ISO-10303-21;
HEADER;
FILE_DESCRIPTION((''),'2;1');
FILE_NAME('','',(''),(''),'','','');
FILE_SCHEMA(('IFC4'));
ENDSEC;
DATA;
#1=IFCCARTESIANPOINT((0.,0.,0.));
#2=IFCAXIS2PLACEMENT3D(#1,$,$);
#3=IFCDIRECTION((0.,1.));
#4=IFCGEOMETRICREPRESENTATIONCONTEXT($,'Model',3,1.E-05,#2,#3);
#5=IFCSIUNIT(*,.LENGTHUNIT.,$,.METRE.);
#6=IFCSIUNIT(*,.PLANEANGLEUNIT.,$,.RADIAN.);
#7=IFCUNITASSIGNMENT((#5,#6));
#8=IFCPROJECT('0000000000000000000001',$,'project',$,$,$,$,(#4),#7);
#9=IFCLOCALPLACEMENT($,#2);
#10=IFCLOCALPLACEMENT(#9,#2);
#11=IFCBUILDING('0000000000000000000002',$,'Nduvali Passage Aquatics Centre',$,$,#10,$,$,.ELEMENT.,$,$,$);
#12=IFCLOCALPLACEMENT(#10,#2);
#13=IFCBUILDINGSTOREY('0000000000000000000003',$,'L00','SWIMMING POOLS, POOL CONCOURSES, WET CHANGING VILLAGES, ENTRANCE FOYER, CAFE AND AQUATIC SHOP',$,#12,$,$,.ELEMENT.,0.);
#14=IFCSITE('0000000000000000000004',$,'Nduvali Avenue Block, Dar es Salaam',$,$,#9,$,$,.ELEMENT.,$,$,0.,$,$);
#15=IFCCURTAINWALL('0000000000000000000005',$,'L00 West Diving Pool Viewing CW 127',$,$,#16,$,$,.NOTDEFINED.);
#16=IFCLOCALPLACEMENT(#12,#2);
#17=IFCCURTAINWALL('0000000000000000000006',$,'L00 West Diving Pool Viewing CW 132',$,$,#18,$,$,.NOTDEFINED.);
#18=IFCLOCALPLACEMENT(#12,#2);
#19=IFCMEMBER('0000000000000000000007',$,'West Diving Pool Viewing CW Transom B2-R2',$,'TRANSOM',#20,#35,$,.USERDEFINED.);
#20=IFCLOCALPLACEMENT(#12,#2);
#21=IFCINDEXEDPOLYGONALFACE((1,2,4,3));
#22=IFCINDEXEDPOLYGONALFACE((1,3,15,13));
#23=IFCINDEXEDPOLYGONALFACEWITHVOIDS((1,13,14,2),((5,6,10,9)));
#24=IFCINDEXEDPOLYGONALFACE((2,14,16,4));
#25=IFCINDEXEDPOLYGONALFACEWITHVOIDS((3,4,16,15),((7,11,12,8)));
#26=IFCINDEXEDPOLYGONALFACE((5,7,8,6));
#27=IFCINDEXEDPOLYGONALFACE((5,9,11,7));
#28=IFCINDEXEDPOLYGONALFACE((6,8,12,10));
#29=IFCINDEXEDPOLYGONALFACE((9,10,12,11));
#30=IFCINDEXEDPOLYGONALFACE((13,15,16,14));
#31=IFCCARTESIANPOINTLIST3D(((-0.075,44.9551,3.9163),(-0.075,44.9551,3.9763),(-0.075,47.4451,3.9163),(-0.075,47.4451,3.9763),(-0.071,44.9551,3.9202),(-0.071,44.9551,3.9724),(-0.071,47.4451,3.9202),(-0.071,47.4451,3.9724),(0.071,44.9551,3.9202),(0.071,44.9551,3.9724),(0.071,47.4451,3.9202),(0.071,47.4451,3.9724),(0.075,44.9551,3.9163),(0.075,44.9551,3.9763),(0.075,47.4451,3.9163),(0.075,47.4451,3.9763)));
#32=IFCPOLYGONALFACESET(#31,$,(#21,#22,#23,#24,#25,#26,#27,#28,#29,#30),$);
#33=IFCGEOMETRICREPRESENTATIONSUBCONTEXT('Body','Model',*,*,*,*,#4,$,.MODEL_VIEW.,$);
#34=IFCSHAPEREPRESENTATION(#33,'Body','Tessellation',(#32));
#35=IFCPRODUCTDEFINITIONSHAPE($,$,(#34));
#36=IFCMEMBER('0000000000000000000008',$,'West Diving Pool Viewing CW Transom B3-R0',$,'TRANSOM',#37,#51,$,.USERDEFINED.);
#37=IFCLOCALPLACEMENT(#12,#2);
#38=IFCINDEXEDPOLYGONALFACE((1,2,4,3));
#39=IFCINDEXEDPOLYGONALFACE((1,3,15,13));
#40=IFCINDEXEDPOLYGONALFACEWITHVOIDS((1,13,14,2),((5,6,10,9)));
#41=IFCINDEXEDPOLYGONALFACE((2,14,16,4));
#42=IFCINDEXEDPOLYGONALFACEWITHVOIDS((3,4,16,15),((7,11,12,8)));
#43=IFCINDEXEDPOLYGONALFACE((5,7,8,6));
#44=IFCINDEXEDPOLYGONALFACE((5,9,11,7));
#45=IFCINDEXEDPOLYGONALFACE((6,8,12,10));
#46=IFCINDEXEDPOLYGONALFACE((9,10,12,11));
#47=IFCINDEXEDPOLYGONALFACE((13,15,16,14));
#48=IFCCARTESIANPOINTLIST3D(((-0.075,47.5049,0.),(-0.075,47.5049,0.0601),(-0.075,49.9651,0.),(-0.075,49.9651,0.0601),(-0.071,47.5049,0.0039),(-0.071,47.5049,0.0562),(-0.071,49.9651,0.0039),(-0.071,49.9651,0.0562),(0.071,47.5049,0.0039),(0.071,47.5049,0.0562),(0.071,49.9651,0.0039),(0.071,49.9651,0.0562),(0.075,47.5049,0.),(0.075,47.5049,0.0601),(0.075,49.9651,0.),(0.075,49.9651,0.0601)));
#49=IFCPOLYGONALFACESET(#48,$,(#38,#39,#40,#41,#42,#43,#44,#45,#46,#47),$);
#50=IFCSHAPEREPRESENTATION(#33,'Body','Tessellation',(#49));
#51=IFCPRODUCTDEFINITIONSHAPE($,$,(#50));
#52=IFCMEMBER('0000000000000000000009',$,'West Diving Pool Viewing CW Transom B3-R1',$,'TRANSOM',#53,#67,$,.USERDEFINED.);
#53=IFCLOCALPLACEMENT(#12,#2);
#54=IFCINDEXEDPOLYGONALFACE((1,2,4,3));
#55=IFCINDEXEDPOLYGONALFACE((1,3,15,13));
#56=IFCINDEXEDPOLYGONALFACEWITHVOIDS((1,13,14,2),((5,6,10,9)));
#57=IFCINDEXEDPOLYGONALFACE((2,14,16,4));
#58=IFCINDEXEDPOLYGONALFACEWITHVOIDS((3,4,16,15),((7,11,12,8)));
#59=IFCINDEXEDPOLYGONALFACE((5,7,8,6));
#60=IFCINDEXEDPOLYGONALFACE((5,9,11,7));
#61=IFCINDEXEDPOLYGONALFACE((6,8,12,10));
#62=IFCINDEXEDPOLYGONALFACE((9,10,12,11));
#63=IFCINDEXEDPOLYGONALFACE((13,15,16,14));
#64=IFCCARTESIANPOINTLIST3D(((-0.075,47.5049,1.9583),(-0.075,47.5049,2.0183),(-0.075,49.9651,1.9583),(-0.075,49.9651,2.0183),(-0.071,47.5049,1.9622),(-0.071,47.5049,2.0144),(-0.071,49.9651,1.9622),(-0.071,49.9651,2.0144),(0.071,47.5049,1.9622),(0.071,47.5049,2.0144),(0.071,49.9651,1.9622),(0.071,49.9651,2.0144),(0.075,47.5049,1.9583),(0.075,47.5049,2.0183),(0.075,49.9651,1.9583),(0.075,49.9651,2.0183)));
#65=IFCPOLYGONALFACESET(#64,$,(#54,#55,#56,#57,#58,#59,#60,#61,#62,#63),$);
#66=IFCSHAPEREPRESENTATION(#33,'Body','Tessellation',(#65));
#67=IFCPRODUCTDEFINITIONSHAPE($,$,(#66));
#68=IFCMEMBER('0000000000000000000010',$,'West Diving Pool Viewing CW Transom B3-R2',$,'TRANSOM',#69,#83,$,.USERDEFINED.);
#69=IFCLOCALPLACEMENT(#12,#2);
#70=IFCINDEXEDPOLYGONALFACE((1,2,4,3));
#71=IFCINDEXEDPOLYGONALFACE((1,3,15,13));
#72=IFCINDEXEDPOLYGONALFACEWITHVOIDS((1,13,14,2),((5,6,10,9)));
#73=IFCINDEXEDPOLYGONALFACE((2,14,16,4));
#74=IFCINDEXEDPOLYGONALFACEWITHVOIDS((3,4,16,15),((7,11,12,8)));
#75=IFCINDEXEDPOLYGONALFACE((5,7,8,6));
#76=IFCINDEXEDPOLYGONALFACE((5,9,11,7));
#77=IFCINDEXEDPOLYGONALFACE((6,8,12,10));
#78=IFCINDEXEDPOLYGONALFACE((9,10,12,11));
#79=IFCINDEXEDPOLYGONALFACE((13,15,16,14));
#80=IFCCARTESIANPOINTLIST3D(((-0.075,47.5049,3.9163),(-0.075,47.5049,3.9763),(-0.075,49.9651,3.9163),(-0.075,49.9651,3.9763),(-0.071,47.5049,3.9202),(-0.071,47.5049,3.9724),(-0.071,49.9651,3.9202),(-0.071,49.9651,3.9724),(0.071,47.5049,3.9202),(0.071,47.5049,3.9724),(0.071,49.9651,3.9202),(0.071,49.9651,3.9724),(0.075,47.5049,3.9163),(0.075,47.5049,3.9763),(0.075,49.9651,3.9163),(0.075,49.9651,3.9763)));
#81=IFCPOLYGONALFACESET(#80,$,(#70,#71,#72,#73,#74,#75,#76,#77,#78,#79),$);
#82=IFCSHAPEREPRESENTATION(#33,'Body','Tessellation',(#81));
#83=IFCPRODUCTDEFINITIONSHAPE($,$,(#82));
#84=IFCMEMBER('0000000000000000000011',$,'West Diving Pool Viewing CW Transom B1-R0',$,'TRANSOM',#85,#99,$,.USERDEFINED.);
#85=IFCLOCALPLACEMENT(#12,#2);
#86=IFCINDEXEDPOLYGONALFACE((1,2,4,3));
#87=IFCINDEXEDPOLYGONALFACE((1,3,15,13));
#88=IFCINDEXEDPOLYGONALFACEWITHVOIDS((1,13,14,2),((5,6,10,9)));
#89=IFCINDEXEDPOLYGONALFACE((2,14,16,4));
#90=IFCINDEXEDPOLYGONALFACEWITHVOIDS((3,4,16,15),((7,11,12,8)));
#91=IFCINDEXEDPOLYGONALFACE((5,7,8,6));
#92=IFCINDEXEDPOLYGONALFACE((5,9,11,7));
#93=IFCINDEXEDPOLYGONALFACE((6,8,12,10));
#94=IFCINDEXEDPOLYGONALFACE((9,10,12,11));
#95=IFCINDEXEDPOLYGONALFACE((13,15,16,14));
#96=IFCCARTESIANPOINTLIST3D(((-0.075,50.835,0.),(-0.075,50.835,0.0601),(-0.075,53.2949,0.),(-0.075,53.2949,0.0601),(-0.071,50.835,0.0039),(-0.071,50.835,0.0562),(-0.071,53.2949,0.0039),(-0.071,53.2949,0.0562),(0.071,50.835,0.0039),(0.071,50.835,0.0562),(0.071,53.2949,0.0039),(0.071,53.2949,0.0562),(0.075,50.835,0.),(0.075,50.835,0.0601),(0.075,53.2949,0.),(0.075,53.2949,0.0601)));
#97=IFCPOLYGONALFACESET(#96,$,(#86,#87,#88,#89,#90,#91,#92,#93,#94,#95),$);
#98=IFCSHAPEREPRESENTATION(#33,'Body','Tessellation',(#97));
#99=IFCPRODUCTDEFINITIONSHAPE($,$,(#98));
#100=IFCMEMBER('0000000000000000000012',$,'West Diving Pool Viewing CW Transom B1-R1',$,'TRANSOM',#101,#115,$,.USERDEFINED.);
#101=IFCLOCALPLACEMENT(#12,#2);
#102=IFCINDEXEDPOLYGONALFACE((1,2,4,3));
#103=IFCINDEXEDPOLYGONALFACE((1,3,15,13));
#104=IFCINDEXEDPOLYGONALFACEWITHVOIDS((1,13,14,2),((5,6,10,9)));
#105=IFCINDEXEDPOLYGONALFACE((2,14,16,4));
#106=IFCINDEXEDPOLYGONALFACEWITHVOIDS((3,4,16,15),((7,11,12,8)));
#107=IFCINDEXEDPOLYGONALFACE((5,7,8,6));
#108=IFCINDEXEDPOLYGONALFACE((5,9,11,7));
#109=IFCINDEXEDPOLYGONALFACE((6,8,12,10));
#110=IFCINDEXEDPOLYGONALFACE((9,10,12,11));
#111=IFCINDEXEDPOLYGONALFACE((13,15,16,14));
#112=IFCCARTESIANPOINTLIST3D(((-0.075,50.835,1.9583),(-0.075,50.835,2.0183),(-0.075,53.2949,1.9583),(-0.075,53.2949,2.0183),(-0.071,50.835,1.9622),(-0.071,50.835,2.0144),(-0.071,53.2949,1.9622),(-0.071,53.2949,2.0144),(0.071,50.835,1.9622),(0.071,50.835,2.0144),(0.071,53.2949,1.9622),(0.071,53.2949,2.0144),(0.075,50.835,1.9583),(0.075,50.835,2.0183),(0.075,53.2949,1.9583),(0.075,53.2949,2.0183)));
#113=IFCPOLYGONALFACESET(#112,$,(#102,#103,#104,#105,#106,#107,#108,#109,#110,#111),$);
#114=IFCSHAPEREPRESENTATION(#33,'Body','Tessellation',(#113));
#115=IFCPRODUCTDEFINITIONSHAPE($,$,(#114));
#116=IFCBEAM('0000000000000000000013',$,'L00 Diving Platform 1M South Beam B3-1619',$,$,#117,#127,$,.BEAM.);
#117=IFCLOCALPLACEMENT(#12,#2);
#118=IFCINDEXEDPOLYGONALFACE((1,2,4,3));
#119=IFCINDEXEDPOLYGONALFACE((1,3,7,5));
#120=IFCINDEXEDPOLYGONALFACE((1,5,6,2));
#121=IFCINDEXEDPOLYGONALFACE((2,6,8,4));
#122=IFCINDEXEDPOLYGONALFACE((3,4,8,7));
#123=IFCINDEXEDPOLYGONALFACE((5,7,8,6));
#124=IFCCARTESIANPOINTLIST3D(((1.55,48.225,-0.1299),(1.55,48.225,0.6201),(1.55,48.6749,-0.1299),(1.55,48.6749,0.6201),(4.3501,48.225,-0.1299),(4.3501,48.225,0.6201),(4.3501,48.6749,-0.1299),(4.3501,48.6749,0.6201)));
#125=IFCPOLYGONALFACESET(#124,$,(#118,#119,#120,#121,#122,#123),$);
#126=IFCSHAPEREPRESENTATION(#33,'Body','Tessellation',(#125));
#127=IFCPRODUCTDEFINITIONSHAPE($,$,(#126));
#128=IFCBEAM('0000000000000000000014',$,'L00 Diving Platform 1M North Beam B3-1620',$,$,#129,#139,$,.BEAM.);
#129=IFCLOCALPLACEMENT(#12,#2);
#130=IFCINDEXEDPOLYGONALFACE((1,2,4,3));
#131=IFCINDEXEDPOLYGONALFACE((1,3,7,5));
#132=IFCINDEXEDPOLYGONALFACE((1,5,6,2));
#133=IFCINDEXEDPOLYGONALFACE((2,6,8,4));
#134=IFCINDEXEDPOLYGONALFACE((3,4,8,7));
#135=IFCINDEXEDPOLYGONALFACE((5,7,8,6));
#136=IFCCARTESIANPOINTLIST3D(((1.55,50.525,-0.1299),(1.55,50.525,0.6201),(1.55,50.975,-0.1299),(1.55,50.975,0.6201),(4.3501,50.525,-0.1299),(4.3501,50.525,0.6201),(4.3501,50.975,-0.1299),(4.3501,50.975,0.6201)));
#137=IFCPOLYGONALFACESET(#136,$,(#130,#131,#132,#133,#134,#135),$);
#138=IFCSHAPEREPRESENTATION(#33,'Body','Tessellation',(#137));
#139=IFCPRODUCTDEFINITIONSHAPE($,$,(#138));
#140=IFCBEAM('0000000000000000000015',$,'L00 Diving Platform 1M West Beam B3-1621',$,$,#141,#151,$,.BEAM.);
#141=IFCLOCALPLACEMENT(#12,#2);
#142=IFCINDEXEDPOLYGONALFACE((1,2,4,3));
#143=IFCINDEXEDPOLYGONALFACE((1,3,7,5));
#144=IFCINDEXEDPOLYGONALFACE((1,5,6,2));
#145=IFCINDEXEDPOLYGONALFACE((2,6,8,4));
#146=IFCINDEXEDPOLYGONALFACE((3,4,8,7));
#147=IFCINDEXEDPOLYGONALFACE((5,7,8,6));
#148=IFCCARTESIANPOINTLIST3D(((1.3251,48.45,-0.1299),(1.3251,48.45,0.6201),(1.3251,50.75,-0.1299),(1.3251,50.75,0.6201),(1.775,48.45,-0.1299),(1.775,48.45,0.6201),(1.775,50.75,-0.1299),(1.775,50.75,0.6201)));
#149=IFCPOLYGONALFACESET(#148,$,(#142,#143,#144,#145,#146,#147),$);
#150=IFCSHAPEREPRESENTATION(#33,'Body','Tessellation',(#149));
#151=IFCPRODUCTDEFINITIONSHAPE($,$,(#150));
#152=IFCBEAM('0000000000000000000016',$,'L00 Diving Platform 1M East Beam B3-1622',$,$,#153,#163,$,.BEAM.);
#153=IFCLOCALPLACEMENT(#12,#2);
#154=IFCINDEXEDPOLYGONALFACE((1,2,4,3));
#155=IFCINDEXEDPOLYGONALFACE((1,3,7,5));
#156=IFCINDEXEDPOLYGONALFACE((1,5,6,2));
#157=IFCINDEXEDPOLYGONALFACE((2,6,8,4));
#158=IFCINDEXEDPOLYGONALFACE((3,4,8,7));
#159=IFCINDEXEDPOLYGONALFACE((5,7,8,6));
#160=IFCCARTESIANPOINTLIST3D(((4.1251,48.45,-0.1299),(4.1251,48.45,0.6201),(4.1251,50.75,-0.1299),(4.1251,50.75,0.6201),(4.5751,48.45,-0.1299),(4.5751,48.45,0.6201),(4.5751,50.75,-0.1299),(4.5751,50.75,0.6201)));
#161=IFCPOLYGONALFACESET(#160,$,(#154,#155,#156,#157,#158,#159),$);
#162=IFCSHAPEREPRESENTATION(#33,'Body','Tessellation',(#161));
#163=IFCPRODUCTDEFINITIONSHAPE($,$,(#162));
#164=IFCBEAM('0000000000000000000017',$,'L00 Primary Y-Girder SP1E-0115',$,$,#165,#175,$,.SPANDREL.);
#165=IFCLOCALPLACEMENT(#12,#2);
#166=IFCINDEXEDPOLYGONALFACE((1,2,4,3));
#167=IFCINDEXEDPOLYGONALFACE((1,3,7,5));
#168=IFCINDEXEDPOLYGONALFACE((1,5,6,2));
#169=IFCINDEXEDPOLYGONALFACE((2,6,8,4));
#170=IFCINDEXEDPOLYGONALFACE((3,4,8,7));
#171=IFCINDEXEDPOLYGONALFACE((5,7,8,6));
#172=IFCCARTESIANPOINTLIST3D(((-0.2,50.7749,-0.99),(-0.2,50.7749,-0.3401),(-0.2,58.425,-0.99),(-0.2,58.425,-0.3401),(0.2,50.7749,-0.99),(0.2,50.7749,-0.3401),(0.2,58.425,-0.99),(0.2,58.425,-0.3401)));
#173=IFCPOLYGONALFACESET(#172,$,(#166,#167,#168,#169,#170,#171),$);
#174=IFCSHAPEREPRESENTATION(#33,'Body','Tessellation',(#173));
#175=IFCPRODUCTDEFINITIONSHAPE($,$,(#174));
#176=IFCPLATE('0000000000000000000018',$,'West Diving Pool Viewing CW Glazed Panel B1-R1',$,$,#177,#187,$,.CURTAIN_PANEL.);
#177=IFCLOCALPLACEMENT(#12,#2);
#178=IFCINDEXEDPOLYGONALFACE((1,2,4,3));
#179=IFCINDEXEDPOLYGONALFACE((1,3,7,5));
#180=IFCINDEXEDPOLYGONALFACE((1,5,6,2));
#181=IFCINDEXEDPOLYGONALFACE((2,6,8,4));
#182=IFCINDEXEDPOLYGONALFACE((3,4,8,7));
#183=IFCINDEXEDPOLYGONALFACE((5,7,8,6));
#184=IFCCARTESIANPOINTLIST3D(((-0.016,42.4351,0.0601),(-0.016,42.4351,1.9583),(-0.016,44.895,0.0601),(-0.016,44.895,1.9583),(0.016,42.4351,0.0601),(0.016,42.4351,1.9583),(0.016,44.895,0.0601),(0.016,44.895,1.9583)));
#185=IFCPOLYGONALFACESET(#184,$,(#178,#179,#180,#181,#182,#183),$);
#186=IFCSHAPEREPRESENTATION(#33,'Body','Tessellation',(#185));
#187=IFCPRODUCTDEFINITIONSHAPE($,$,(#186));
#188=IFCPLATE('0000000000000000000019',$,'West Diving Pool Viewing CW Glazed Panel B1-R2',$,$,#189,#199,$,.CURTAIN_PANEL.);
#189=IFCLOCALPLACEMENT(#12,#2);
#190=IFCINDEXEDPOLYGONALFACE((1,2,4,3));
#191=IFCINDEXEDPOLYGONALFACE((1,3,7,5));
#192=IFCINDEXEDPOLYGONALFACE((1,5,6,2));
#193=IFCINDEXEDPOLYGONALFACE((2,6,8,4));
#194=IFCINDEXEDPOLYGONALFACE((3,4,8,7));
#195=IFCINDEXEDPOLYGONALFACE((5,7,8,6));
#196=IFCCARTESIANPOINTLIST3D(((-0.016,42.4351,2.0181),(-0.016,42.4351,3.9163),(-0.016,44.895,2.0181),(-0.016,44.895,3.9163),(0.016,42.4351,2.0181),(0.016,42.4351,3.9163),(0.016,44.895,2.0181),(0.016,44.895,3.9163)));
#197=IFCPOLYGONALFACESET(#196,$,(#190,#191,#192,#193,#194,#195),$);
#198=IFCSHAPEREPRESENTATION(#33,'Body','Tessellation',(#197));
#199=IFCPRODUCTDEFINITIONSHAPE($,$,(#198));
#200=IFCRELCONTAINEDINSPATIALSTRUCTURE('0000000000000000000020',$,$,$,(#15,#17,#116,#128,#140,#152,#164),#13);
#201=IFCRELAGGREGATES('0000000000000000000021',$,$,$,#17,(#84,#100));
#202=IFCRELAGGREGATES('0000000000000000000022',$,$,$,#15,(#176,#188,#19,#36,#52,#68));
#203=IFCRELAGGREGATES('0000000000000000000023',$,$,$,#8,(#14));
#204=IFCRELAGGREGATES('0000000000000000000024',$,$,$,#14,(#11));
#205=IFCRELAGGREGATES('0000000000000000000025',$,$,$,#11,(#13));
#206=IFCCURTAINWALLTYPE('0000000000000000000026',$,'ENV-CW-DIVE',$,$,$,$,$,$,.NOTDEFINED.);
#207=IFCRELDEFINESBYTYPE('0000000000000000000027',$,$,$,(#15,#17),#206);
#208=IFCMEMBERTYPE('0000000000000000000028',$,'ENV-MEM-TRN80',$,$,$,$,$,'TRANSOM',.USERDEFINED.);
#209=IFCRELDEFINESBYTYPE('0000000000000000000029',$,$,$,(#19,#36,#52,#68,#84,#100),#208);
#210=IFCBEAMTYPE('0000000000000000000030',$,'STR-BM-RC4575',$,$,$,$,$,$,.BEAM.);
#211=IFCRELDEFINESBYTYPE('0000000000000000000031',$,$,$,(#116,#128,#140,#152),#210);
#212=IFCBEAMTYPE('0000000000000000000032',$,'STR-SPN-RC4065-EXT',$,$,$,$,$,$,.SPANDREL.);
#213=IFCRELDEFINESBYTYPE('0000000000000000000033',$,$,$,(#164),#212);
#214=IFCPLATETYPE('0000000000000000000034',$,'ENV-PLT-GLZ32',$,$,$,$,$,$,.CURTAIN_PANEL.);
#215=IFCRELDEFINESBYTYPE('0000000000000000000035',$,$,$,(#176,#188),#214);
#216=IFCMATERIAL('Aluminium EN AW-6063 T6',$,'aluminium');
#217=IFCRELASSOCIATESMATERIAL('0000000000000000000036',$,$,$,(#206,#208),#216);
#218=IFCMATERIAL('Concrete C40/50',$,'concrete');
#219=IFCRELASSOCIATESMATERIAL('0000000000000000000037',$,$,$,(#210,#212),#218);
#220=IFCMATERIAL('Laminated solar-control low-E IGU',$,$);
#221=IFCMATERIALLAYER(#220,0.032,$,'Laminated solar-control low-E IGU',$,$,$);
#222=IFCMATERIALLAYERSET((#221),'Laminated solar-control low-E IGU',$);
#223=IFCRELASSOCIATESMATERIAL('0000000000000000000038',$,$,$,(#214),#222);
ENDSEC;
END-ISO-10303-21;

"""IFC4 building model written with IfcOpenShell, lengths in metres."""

from ifc_helpers import new_model, si_unit, direction, frame, origin, origin_2d, place, context, subcontext, project, spatial, rectangle, hollow_rectangle, extrude, material, layer, layer_set, material_profile, profile_set, type_object, element, aggregate, save


model = new_model("IFC4")

# Units and contexts
model_context = context("Model", 3, precision=1e-05, world=origin(), true_north=direction((0.0, 1.0)))
body_context = subcontext(model_context, "Body", "Model", "MODEL_VIEW")
ifc_project = project(units=[si_unit("LENGTHUNIT", "METRE"), si_unit("PLANEANGLEUNIT", "RADIAN")], contexts=[model_context])

# Site, building, storey
site_placement = place(None, origin())
site = spatial("IfcSite", under=ifc_project, at=site_placement, Name="Nduvali Avenue Block, Dar es Salaam", CompositionType="ELEMENT", RefElevation=0.0)
building_placement = place(site_placement, origin())
building = spatial("IfcBuilding", under=site, at=building_placement, Name="Nduvali Passage Aquatics Centre", CompositionType="ELEMENT")
storey_placement = place(building_placement, origin())
storey = spatial("IfcBuildingStorey", under=building, at=storey_placement, Name="L00", Description="SWIMMING POOLS, POOL CONCOURSES, WET CHANGING VILLAGES, ENTRANCE FOYER, CAFE AND AQUATIC SHOP", CompositionType="ELEMENT", Elevation=0.0)

# Shared definitions
ifc_material_1 = material(Name="Concrete C40/50", Category="concrete")

# Curtain wall
ifc_material_2 = material(Name="Aluminium EN AW-6063 T6", Category="aluminium")
curtain_wall_type = type_object("IfcCurtainWallType", Name="ENV-CW-DIVE", PredefinedType="NOTDEFINED", material=ifc_material_2)
curtain_wall_1_placement = place(storey_placement, origin())
curtain_wall_1 = element("IfcCurtainWall", 1, at=curtain_wall_1_placement, inside=storey, type_object=curtain_wall_type, Name="L00 West Diving Pool Viewing CW 127", PredefinedType="NOTDEFINED")

# Curtain wall
curtain_wall_2_placement = place(storey_placement, origin())
curtain_wall_2 = element("IfcCurtainWall", 2, at=curtain_wall_2_placement, inside=storey, type_object=curtain_wall_type, Name="L00 West Diving Pool Viewing CW 132", PredefinedType="NOTDEFINED")

# Members
ifc_material_profile_1 = material_profile(ifc_material_2, hollow_rectangle(XDim=0.1499, YDim=0.0601, WallThickness=0.0039, at=origin_2d()), Name="ALU TRANSOM 150x60x4")
ifc_profile_set_1 = profile_set([ifc_material_profile_1], Name="Aluminium EN AW-6063 T6")
member_type_1 = type_object("IfcMemberType", Name="ENV-MEM-TRN80", ElementType="TRANSOM", PredefinedType="USERDEFINED", material=ifc_profile_set_1)
member_1_placement = place(storey_placement, frame((0.0, 44.9551, 3.9463), z_axis=(0.0, 1.0, 0.0), x_axis=(-1.0, 0.0, 0.0)))
member_1 = element("IfcMember", 3, at=member_1_placement, type_object=member_type_1, Name="West Diving Pool Viewing CW Transom B2-R2", ObjectType="TRANSOM", PredefinedType="USERDEFINED", context=body_context, shape_type="SweptSolid", body=[
    extrude(hollow_rectangle(XDim=0.1499, YDim=0.0601, WallThickness=0.0039, at=origin_2d()), origin(), (0.0, 0.0, 1.0), 2.49),
])
member_2_placement = place(storey_placement, frame((0.0, 47.5049, 0.03), z_axis=(0.0, 1.0, 0.0), x_axis=(-1.0, 0.0, 0.0)))
member_2 = element("IfcMember", 4, at=member_2_placement, type_object=member_type_1, Name="West Diving Pool Viewing CW Transom B3-R0", ObjectType="TRANSOM", PredefinedType="USERDEFINED", context=body_context, shape_type="SweptSolid", body=[
    extrude(hollow_rectangle(XDim=0.1499, YDim=0.0601, WallThickness=0.0039, at=origin_2d()), origin(), (0.0, 0.0, 1.0), 2.4602),
])
member_3_placement = place(storey_placement, frame((0.0, 47.5049, 1.9883), z_axis=(0.0, 1.0, 0.0), x_axis=(-1.0, 0.0, 0.0)))
member_3 = element("IfcMember", 5, at=member_3_placement, type_object=member_type_1, Name="West Diving Pool Viewing CW Transom B3-R1", ObjectType="TRANSOM", PredefinedType="USERDEFINED", context=body_context, shape_type="SweptSolid", body=[
    extrude(hollow_rectangle(XDim=0.1499, YDim=0.0601, WallThickness=0.0039, at=origin_2d()), origin(), (0.0, 0.0, 1.0), 2.4602),
])
member_4_placement = place(storey_placement, frame((0.0, 47.5049, 3.9463), z_axis=(0.0, 1.0, 0.0), x_axis=(-1.0, 0.0, 0.0)))
member_4 = element("IfcMember", 6, at=member_4_placement, type_object=member_type_1, Name="West Diving Pool Viewing CW Transom B3-R2", ObjectType="TRANSOM", PredefinedType="USERDEFINED", context=body_context, shape_type="SweptSolid", body=[
    extrude(hollow_rectangle(XDim=0.1499, YDim=0.0601, WallThickness=0.0039, at=origin_2d()), origin(), (0.0, 0.0, 1.0), 2.4602),
])
member_5_placement = place(storey_placement, frame((0.0, 50.835, 0.03), z_axis=(0.0, 1.0, 0.0), x_axis=(-1.0, 0.0, 0.0)))
member_5 = element("IfcMember", 7, at=member_5_placement, type_object=member_type_1, Name="West Diving Pool Viewing CW Transom B1-R0", ObjectType="TRANSOM", PredefinedType="USERDEFINED", context=body_context, shape_type="SweptSolid", body=[
    extrude(hollow_rectangle(XDim=0.1499, YDim=0.0601, WallThickness=0.0039, at=origin_2d()), origin(), (0.0, 0.0, 1.0), 2.46),
])
member_6_placement = place(storey_placement, frame((0.0, 50.835, 1.9883), z_axis=(0.0, 1.0, 0.0), x_axis=(-1.0, 0.0, 0.0)))
member_6 = element("IfcMember", 8, at=member_6_placement, type_object=member_type_1, Name="West Diving Pool Viewing CW Transom B1-R1", ObjectType="TRANSOM", PredefinedType="USERDEFINED", context=body_context, shape_type="SweptSolid", body=[
    extrude(hollow_rectangle(XDim=0.1499, YDim=0.0601, WallThickness=0.0039, at=origin_2d()), origin(), (0.0, 0.0, 1.0), 2.46),
])
aggregate(curtain_wall_2, [member_5, member_6])

# Beams
ifc_material_profile_2 = material_profile(ifc_material_1, rectangle(XDim=0.45, YDim=0.75, at=origin_2d()), Name="RC 450x750")
ifc_profile_set_2 = profile_set([ifc_material_profile_2], Name="Concrete C40/50")
beam_type_1 = type_object("IfcBeamType", Name="STR-BM-RC4575", PredefinedType="BEAM", material=ifc_profile_set_2)
for number, where, z_axis, x_axis, name in (
    (9, (1.55, 48.45, 0.2451), (1.0, 0.0, 0.0), (0.0, 1.0, 0.0), "L00 Diving Platform 1M South Beam B3-1619"),
    (10, (1.55, 50.75, 0.2451), (1.0, 0.0, 0.0), (0.0, 1.0, 0.0), "L00 Diving Platform 1M North Beam B3-1620"),
):
    element("IfcBeam", number, at=place(storey_placement, frame(where, z_axis=z_axis, x_axis=x_axis)), inside=storey, type_object=beam_type_1, Name=name, PredefinedType="BEAM", context=body_context, shape_type="SweptSolid", body=[
        extrude(rectangle(XDim=0.45, YDim=0.75, at=origin_2d()), origin(), (0.0, 0.0, 1.0), 2.8),
    ])
for number, where, z_axis, x_axis, name in (
    (11, (1.55, 48.45, 0.2451), (0.0, 1.0, 0.0), (-1.0, 0.0, 0.0), "L00 Diving Platform 1M West Beam B3-1621"),
    (12, (4.3501, 48.45, 0.2451), (0.0, 1.0, 0.0), (-1.0, 0.0, 0.0), "L00 Diving Platform 1M East Beam B3-1622"),
):
    element("IfcBeam", number, at=place(storey_placement, frame(where, z_axis=z_axis, x_axis=x_axis)), inside=storey, type_object=beam_type_1, Name=name, PredefinedType="BEAM", context=body_context, shape_type="SweptSolid", body=[
        extrude(rectangle(XDim=0.45, YDim=0.75, at=origin_2d()), origin(), (0.0, 0.0, 1.0), 2.3),
    ])
ifc_material_profile_3 = material_profile(ifc_material_1, rectangle(XDim=0.3999, YDim=0.6499, at=origin_2d()), Name="RC 400x650")
ifc_profile_set_3 = profile_set([ifc_material_profile_3], Name="Concrete C40/50")
beam_type_2 = type_object("IfcBeamType", Name="STR-SPN-RC4065-EXT", PredefinedType="SPANDREL", material=ifc_profile_set_3)
beam_placement = place(storey_placement, frame((0.0, 50.7749, -0.665), z_axis=(0.0, 1.0, 0.0), x_axis=(-1.0, 0.0, 0.0)))
element("IfcBeam", 13, at=beam_placement, inside=storey, type_object=beam_type_2, Name="L00 Primary Y-Girder SP1E-0115", PredefinedType="SPANDREL", context=body_context, shape_type="SweptSolid", body=[
    extrude(rectangle(XDim=0.3999, YDim=0.6499, at=origin_2d()), origin(), (0.0, 0.0, 1.0), 7.6501),
])

# Plates
ifc_material_3 = material(Name="Laminated solar-control low-E IGU")
ifc_layer = layer(ifc_material_3, 0.032, Name="Laminated solar-control low-E IGU")
ifc_layer_set = layer_set([ifc_layer], Name="Laminated solar-control low-E IGU")
plate_type = type_object("IfcPlateType", Name="ENV-PLT-GLZ32", PredefinedType="CURTAIN_PANEL", material=ifc_layer_set)
plate_1_placement = place(storey_placement, frame((0.0, 43.665, 0.0601), z_axis=(0.0, 0.0, 1.0), x_axis=(0.0, 1.0, 0.0)))
plate_1 = element("IfcPlate", 14, at=plate_1_placement, type_object=plate_type, Name="West Diving Pool Viewing CW Glazed Panel B1-R1", PredefinedType="CURTAIN_PANEL", context=body_context, shape_type="SweptSolid", body=[
    extrude(rectangle(XDim=2.46, YDim=0.032, at=origin_2d()), origin(), (0.0, 0.0, 1.0), 1.8982),
])
plate_2_placement = place(storey_placement, frame((0.0, 43.665, 2.0181), z_axis=(0.0, 0.0, 1.0), x_axis=(0.0, 1.0, 0.0)))
plate_2 = element("IfcPlate", 15, at=plate_2_placement, type_object=plate_type, Name="West Diving Pool Viewing CW Glazed Panel B1-R2", PredefinedType="CURTAIN_PANEL", context=body_context, shape_type="SweptSolid", body=[
    extrude(rectangle(XDim=2.46, YDim=0.032, at=origin_2d()), origin(), (0.0, 0.0, 1.0), 1.8982),
])
aggregate(curtain_wall_1, [plate_1, plate_2, member_1, member_2, member_3, member_4])

save(model, "model.ifc")
